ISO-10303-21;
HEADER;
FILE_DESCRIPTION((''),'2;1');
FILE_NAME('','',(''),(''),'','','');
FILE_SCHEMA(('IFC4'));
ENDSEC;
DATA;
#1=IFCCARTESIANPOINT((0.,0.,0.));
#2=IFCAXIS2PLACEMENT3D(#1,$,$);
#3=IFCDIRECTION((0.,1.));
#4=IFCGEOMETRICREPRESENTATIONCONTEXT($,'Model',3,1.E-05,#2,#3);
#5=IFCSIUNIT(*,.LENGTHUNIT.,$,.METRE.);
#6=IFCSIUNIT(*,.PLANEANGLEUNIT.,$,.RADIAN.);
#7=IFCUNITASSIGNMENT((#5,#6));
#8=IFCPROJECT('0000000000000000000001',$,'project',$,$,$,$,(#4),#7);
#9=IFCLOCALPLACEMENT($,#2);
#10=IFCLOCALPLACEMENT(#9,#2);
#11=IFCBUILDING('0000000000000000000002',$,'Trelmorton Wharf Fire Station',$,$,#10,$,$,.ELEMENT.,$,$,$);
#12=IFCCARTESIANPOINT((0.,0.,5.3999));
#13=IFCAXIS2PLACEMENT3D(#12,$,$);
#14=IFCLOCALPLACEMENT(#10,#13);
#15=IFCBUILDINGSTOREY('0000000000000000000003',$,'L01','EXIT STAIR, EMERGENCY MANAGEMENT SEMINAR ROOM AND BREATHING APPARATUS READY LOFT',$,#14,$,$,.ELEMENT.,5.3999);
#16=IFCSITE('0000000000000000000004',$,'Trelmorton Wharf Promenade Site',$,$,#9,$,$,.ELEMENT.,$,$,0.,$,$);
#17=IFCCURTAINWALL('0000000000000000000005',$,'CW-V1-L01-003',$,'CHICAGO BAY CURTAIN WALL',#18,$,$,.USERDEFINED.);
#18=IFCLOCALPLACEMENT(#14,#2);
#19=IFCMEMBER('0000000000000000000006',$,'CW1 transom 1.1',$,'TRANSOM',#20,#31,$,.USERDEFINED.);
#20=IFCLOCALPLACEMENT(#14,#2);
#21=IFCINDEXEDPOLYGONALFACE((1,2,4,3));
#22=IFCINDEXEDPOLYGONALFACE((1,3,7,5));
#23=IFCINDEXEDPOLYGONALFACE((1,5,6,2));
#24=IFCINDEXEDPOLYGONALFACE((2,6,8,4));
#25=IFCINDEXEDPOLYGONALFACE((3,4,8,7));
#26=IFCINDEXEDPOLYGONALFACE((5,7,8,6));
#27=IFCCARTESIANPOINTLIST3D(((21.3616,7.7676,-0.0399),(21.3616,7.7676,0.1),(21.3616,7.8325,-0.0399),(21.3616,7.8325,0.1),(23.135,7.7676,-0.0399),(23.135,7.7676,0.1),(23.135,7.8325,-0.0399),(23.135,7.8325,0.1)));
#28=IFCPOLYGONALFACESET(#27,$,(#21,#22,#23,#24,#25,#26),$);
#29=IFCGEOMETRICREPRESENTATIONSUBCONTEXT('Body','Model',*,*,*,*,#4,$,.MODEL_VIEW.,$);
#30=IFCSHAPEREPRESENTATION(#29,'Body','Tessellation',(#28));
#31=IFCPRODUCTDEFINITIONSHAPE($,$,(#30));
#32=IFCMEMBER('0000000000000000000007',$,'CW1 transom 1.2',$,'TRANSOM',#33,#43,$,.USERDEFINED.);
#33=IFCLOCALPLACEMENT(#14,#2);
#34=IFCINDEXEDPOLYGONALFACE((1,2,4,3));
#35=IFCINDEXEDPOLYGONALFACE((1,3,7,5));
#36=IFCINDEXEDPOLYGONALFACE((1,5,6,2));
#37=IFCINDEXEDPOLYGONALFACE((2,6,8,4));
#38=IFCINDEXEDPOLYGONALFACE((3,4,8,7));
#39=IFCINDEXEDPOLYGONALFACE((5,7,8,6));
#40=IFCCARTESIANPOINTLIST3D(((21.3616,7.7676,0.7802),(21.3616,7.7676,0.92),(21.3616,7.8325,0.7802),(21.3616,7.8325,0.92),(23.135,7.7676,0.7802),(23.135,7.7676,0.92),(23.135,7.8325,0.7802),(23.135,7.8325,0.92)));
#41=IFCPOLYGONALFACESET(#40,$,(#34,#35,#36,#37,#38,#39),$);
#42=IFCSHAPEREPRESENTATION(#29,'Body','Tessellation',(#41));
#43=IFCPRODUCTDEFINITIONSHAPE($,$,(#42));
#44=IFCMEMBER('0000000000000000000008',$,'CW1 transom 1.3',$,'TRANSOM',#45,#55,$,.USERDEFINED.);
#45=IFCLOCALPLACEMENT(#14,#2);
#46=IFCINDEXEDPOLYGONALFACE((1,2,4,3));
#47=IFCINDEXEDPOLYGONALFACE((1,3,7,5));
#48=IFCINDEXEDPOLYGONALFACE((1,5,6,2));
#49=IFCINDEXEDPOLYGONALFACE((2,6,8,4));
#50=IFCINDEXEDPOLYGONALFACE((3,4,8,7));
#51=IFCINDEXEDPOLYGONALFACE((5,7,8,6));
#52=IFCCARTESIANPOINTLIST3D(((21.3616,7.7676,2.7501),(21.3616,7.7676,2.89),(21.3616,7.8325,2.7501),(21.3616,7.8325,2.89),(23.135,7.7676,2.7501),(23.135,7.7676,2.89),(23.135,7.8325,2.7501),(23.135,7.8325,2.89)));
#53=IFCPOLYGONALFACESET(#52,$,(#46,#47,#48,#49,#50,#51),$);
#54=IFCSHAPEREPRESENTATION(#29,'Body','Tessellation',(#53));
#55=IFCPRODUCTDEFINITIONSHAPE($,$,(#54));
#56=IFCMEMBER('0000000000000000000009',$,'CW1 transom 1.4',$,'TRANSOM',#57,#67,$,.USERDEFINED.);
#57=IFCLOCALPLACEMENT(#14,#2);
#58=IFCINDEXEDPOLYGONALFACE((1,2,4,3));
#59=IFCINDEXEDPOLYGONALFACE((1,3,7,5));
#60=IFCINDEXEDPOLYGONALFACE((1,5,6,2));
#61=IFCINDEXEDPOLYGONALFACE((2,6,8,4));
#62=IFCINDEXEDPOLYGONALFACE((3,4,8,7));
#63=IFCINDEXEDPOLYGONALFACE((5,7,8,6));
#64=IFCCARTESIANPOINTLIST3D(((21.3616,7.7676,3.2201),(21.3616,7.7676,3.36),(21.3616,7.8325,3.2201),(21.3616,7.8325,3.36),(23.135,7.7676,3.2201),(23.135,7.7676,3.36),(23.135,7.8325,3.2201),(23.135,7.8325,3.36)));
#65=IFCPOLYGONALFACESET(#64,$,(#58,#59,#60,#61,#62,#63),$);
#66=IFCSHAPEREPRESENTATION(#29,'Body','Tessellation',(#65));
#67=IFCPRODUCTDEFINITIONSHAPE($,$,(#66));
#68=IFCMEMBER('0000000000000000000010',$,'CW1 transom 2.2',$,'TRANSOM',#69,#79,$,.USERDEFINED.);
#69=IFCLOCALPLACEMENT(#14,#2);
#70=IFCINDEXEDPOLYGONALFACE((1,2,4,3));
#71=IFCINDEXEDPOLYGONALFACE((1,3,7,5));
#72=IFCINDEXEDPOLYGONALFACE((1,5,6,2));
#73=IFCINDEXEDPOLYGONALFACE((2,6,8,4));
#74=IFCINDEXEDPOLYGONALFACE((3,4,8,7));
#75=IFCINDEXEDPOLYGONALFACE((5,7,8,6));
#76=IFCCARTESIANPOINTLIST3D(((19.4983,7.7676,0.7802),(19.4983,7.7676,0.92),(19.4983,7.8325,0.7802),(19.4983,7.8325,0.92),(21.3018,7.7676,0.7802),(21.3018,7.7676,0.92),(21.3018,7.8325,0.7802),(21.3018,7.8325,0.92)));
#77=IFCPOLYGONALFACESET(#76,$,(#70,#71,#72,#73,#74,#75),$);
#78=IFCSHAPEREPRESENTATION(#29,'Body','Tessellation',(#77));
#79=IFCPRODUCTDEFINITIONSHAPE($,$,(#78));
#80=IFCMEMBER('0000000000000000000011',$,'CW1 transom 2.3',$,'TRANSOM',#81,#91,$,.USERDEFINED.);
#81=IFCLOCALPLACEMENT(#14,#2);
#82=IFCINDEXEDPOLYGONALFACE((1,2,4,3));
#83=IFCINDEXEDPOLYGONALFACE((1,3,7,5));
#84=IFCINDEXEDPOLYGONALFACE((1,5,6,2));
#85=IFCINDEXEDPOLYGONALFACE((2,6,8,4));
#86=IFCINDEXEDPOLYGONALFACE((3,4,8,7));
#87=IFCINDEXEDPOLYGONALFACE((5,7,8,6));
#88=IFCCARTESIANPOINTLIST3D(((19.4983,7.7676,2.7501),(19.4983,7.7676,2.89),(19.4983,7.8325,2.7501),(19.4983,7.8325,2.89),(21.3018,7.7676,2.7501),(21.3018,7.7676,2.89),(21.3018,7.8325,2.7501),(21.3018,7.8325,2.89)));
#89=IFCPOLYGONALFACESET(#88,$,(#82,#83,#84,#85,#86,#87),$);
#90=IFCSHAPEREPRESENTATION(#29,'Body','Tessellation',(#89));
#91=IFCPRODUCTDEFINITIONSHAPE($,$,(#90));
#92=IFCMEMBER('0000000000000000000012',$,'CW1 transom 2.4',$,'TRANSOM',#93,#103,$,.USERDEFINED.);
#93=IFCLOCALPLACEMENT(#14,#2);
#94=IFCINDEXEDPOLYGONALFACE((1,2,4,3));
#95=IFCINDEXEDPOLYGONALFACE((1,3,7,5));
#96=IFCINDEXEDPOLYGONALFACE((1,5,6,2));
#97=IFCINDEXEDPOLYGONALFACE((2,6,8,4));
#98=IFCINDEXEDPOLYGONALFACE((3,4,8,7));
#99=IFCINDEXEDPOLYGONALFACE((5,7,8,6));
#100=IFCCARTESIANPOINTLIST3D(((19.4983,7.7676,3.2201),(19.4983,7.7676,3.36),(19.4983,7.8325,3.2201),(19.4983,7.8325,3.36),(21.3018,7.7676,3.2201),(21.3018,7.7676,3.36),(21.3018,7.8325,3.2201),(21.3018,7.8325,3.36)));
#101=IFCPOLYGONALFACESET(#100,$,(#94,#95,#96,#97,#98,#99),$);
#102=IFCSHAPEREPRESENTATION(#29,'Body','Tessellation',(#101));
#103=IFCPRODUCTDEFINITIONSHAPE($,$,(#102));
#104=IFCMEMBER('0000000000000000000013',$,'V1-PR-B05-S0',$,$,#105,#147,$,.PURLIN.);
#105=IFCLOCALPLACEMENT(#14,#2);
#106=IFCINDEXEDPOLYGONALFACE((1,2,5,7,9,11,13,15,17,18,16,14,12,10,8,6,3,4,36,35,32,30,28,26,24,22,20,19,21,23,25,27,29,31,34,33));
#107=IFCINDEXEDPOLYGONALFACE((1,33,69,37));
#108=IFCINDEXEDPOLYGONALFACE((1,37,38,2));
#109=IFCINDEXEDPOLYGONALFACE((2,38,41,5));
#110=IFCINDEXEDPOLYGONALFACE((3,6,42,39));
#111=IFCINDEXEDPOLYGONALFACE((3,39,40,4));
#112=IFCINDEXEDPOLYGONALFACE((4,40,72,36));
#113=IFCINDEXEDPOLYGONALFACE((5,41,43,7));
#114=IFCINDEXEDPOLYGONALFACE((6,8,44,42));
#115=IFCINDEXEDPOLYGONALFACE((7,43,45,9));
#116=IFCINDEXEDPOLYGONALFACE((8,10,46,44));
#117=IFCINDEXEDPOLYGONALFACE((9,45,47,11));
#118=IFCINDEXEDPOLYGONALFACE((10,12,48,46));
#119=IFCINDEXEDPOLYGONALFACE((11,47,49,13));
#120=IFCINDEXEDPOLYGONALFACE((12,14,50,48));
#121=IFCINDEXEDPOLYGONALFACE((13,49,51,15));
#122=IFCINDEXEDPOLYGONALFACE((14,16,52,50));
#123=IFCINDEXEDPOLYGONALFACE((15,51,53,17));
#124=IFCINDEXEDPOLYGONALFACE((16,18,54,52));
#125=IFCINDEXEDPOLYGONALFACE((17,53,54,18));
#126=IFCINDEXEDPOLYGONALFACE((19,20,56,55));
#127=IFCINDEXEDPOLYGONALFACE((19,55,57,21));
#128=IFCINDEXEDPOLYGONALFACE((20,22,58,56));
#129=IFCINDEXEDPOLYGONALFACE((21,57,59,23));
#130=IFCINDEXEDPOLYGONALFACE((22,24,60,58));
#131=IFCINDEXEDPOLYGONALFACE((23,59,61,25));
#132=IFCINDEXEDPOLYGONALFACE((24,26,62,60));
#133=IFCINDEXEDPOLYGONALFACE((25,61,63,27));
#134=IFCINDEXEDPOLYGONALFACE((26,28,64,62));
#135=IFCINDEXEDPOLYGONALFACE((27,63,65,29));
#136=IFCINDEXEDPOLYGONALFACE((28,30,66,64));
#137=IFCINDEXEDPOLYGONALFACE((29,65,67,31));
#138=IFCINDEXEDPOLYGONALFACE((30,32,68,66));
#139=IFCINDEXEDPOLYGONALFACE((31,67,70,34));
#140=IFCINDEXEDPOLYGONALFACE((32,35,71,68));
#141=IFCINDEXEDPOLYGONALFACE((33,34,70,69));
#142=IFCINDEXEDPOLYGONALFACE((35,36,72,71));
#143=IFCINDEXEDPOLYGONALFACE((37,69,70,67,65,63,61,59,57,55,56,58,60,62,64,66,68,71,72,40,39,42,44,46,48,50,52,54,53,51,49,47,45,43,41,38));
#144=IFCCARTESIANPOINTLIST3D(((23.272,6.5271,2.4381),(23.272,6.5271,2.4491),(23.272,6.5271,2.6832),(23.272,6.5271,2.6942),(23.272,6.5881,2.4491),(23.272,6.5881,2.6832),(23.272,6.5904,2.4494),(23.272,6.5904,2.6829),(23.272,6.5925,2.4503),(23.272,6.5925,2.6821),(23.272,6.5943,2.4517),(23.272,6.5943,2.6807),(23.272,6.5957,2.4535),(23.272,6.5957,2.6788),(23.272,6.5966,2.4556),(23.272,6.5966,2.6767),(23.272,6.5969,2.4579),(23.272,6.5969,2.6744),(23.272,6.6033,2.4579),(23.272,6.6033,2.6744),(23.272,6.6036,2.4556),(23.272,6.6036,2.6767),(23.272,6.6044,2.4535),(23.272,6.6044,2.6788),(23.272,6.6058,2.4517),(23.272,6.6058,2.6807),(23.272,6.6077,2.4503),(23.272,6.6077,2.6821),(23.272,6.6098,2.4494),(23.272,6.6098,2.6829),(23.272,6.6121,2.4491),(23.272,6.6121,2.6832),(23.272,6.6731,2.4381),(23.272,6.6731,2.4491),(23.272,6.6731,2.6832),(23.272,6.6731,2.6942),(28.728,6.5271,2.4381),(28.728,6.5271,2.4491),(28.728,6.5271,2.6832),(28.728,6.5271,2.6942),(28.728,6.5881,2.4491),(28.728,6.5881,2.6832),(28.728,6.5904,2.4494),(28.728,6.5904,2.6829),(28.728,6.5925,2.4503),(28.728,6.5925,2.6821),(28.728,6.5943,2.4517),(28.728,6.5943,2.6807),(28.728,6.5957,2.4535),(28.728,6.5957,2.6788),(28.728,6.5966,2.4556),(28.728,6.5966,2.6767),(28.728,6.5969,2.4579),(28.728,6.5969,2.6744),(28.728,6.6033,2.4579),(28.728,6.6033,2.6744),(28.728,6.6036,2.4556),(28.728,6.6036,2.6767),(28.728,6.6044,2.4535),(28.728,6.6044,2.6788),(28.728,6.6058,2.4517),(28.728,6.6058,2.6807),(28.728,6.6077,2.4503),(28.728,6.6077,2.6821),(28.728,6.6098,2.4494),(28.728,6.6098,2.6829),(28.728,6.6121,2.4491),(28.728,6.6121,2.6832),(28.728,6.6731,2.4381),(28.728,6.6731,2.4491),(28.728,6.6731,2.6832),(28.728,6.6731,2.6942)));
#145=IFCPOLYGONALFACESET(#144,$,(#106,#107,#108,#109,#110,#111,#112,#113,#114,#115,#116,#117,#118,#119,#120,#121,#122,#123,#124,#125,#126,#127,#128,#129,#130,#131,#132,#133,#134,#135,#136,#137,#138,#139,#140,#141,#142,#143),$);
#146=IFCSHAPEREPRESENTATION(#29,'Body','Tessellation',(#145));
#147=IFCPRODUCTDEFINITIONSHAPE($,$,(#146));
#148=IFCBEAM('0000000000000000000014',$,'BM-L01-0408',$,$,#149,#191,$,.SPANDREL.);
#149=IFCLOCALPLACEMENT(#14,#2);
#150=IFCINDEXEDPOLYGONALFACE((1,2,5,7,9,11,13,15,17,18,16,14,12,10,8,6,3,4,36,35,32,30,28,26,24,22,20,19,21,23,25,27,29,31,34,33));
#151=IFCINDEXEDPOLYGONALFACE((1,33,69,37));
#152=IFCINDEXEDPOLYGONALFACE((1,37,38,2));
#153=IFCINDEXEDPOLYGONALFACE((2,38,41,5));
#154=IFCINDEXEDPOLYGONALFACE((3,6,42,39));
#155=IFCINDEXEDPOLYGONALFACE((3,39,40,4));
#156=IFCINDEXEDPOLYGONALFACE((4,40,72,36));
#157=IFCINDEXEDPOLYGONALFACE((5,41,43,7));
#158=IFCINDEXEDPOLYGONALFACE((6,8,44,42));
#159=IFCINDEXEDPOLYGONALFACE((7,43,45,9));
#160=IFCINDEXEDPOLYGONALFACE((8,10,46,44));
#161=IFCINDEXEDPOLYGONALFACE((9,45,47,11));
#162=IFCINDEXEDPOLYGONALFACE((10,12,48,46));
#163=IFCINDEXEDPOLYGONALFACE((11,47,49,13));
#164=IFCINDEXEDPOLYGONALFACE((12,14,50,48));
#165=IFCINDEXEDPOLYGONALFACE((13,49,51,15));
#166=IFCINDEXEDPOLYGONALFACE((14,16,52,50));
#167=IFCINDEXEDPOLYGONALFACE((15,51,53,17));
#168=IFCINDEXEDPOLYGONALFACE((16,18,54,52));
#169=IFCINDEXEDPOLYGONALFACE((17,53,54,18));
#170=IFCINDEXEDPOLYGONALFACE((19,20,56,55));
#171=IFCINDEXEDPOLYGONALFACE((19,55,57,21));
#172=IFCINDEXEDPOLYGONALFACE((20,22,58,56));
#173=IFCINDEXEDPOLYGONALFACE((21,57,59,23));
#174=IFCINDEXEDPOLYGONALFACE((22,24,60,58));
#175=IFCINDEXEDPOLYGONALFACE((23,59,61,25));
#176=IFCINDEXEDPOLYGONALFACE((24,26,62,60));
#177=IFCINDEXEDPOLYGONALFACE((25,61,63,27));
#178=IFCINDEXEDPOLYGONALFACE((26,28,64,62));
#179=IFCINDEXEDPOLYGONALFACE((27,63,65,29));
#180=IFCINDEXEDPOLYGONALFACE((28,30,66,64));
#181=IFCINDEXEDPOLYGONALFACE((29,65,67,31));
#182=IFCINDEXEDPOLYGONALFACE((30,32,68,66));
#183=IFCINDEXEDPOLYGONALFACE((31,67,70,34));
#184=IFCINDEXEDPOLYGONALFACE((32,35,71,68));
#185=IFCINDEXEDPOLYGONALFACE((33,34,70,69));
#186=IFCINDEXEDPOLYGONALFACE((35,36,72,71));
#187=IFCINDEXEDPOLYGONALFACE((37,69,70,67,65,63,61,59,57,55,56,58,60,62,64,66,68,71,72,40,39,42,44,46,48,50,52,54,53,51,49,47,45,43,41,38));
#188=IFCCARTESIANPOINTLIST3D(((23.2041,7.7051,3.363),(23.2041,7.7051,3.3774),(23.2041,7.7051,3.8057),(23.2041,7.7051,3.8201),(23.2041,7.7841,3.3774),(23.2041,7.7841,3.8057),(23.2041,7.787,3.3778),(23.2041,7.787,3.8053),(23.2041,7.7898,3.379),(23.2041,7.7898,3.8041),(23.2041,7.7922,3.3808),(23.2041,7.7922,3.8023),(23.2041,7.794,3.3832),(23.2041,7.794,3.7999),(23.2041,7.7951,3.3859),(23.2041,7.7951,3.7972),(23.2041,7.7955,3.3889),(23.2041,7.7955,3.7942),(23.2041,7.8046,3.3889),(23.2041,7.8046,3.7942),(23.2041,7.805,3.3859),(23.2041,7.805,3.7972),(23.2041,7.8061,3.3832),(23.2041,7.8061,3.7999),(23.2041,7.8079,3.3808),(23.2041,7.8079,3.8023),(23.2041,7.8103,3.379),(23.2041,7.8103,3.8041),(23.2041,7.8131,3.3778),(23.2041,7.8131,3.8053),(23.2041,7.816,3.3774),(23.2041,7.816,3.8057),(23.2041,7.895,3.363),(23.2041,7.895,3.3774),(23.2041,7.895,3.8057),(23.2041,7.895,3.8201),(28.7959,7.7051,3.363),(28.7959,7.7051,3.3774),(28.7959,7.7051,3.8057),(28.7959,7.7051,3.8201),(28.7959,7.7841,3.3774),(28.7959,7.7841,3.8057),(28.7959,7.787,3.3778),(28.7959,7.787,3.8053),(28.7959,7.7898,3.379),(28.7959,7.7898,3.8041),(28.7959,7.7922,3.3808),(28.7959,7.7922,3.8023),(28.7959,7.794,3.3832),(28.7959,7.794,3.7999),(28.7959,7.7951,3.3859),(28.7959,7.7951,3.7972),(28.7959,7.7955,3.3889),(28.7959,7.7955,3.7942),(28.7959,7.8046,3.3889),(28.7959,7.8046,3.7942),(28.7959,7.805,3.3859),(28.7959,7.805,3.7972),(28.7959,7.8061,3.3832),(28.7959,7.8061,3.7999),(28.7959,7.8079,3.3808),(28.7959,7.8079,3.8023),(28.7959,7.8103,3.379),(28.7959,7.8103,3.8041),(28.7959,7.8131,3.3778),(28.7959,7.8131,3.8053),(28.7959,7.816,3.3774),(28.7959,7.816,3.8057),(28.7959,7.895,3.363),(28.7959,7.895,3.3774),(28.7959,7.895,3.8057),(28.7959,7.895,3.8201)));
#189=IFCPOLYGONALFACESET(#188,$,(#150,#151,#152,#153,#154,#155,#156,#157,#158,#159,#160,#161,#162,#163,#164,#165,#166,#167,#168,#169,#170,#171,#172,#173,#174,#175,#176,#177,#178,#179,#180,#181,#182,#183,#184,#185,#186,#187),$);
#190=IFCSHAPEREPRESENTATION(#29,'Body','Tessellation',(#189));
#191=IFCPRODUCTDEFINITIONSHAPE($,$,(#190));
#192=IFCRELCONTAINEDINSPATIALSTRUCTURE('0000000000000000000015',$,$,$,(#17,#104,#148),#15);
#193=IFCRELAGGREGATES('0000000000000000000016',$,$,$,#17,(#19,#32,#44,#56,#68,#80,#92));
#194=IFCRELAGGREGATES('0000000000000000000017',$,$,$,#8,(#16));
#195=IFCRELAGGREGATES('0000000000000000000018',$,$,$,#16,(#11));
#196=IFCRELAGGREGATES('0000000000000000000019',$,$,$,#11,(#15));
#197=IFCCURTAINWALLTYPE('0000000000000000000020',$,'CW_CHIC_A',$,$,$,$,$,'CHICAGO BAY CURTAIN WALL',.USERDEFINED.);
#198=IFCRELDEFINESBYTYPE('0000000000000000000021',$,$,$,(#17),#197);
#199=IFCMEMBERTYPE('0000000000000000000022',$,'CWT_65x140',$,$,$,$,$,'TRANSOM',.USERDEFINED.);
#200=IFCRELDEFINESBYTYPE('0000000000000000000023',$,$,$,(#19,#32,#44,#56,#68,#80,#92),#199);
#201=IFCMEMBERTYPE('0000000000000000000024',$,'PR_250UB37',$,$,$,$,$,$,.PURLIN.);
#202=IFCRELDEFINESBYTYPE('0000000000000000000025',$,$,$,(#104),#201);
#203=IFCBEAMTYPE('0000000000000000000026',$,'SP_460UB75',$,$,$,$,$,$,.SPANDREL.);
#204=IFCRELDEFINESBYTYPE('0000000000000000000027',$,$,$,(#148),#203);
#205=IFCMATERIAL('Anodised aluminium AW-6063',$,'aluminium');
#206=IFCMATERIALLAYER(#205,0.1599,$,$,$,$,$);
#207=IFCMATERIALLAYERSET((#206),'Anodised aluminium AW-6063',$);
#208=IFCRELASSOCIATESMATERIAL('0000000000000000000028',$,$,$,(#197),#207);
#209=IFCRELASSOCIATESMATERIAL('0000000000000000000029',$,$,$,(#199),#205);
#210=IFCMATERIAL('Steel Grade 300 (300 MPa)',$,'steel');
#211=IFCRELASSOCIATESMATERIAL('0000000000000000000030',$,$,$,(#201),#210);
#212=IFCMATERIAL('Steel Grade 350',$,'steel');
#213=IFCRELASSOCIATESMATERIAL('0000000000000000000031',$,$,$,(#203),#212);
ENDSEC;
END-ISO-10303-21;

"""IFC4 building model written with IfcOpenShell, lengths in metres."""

from ifc_helpers import new_model, si_unit, direction, frame, origin, origin_2d, place, context, subcontext, project, spatial, rectangle, i_section, extrude, material, layer, layer_set, material_profile, profile_set, type_object, element, aggregate, save


model = new_model("IFC4")

# Units and contexts
model_context = context("Model", 3, precision=1e-05, world=origin(), true_north=direction((0.0, 1.0)))
body_context = subcontext(model_context, "Body", "Model", "MODEL_VIEW")
ifc_project = project(units=[si_unit("LENGTHUNIT", "METRE"), si_unit("PLANEANGLEUNIT", "RADIAN")], contexts=[model_context])

# Site, building, storey
site_placement = place(None, origin())
site = spatial("IfcSite", under=ifc_project, at=site_placement, Name="Trelmorton Wharf Promenade Site", CompositionType="ELEMENT", RefElevation=0.0)
building_placement = place(site_placement, origin())
building = spatial("IfcBuilding", under=site, at=building_placement, Name="Trelmorton Wharf Fire Station", CompositionType="ELEMENT")
storey_placement = place(building_placement, frame((0.0, 0.0, 5.3999)))
storey = spatial("IfcBuildingStorey", under=building, at=storey_placement, Name="L01", Description="EXIT STAIR, EMERGENCY MANAGEMENT SEMINAR ROOM AND BREATHING APPARATUS READY LOFT", CompositionType="ELEMENT", Elevation=5.3999)

# Shared definitions
ifc_material_1 = material(Name="Steel Grade 350", Category="steel")

# Curtain wall
ifc_material_2 = material(Name="Anodised aluminium AW-6063", Category="aluminium")
ifc_layer_1 = layer(ifc_material_2, 0.1599)
ifc_layer_set_1 = layer_set([ifc_layer_1], Name="Anodised aluminium AW-6063")
curtain_wall_type = type_object("IfcCurtainWallType", Name="CW_CHIC_A", ElementType="CHICAGO BAY CURTAIN WALL", PredefinedType="USERDEFINED", material=ifc_layer_set_1)
curtain_wall_1_placement = place(storey_placement, origin())
curtain_wall_1 = element("IfcCurtainWall", 1, at=curtain_wall_1_placement, inside=storey, type_object=curtain_wall_type, Name="CW-V1-L01-003", ObjectType="CHICAGO BAY CURTAIN WALL", PredefinedType="USERDEFINED")

# Members
ifc_material_profile_1 = material_profile(ifc_material_2, rectangle(XDim=0.0649, YDim=0.1399, at=origin_2d()), Name="ALU-65x140")
ifc_profile_set_1 = profile_set([ifc_material_profile_1], Name="Anodised aluminium AW-6063")
member_type_1 = type_object("IfcMemberType", Name="CWT_65x140", ElementType="TRANSOM", PredefinedType="USERDEFINED", material=ifc_profile_set_1)
member_1_placement = place(storey_placement, frame((23.135, 7.8, 0.03), z_axis=(-1.0, 0.0, 0.0), x_axis=(0.0, -1.0, 0.0)))
member_1 = element("IfcMember", 2, at=member_1_placement, type_object=member_type_1, Name="CW1 transom 1.1", ObjectType="TRANSOM", PredefinedType="USERDEFINED", context=body_context, shape_type="SweptSolid", body=[
    extrude(rectangle(XDim=0.0649, YDim=0.1399, at=origin_2d()), origin(), (0.0, 0.0, 1.0), 1.7734),
])
member_2_placement = place(storey_placement, frame((23.135, 7.8, 0.8501), z_axis=(-1.0, 0.0, 0.0), x_axis=(0.0, -1.0, 0.0)))
member_2 = element("IfcMember", 3, at=member_2_placement, type_object=member_type_1, Name="CW1 transom 1.2", ObjectType="TRANSOM", PredefinedType="USERDEFINED", context=body_context, shape_type="SweptSolid", body=[
    extrude(rectangle(XDim=0.0649, YDim=0.1399, at=origin_2d()), origin(), (0.0, 0.0, 1.0), 1.7734),
])
member_3_placement = place(storey_placement, frame((23.135, 7.8, 2.8201), z_axis=(-1.0, 0.0, 0.0), x_axis=(0.0, -1.0, 0.0)))
member_3 = element("IfcMember", 4, at=member_3_placement, type_object=member_type_1, Name="CW1 transom 1.3", ObjectType="TRANSOM", PredefinedType="USERDEFINED", context=body_context, shape_type="SweptSolid", body=[
    extrude(rectangle(XDim=0.0649, YDim=0.1399, at=origin_2d()), origin(), (0.0, 0.0, 1.0), 1.7734),
])
member_4_placement = place(storey_placement, frame((23.135, 7.8, 3.29), z_axis=(-1.0, 0.0, 0.0), x_axis=(0.0, -1.0, 0.0)))
member_4 = element("IfcMember", 5, at=member_4_placement, type_object=member_type_1, Name="CW1 transom 1.4", ObjectType="TRANSOM", PredefinedType="USERDEFINED", context=body_context, shape_type="SweptSolid", body=[
    extrude(rectangle(XDim=0.0649, YDim=0.1399, at=origin_2d()), origin(), (0.0, 0.0, 1.0), 1.7734),
])
member_5_placement = place(storey_placement, frame((21.3018, 7.8, 0.8501), z_axis=(-1.0, 0.0, 0.0), x_axis=(0.0, -1.0, 0.0)))
member_5 = element("IfcMember", 6, at=member_5_placement, type_object=member_type_1, Name="CW1 transom 2.2", ObjectType="TRANSOM", PredefinedType="USERDEFINED", context=body_context, shape_type="SweptSolid", body=[
    extrude(rectangle(XDim=0.0649, YDim=0.1399, at=origin_2d()), origin(), (0.0, 0.0, 1.0), 1.8035),
])
member_6_placement = place(storey_placement, frame((21.3018, 7.8, 2.8201), z_axis=(-1.0, 0.0, 0.0), x_axis=(0.0, -1.0, 0.0)))
member_6 = element("IfcMember", 7, at=member_6_placement, type_object=member_type_1, Name="CW1 transom 2.3", ObjectType="TRANSOM", PredefinedType="USERDEFINED", context=body_context, shape_type="SweptSolid", body=[
    extrude(rectangle(XDim=0.0649, YDim=0.1399, at=origin_2d()), origin(), (0.0, 0.0, 1.0), 1.8035),
])
member_7_placement = place(storey_placement, frame((21.3018, 7.8, 3.29), z_axis=(-1.0, 0.0, 0.0), x_axis=(0.0, -1.0, 0.0)))
member_7 = element("IfcMember", 8, at=member_7_placement, type_object=member_type_1, Name="CW1 transom 2.4", ObjectType="TRANSOM", PredefinedType="USERDEFINED", context=body_context, shape_type="SweptSolid", body=[
    extrude(rectangle(XDim=0.0649, YDim=0.1399, at=origin_2d()), origin(), (0.0, 0.0, 1.0), 1.8035),
])
ifc_material_3 = material(Name="Steel Grade 300 (300 MPa)", Category="steel")
ifc_material_profile_2 = material_profile(ifc_material_3, i_section(OverallWidth=0.146, OverallDepth=0.2561, WebThickness=0.0063, FlangeThickness=0.011, FilletRadius=0.0088, at=origin_2d()), Name="250UB37.3")
ifc_profile_set_2 = profile_set([ifc_material_profile_2], Name="Steel Grade 300 (300 MPa)")
member_type_2 = type_object("IfcMemberType", Name="PR_250UB37", PredefinedType="PURLIN", material=ifc_profile_set_2)
member_8_placement = place(storey_placement, frame((23.272, 6.6001, 2.5662), z_axis=(1.0, 0.0, 0.0), x_axis=(0.0, 1.0, 0.0)))
element("IfcMember", 9, at=member_8_placement, inside=storey, type_object=member_type_2, Name="V1-PR-B05-S0", PredefinedType="PURLIN", context=body_context, shape_type="SweptSolid", body=[
    extrude(i_section(OverallWidth=0.146, OverallDepth=0.2561, WebThickness=0.0063, FlangeThickness=0.011, FilletRadius=0.0088, at=origin_2d()), origin(), (0.0, 0.0, 1.0), 5.4561),
])

# Beam
ifc_material_profile_3 = material_profile(ifc_material_1, i_section(OverallWidth=0.1899, OverallDepth=0.457, WebThickness=0.009, FlangeThickness=0.0144, FilletRadius=0.0115, at=origin_2d()), Name="460UB74.6")
ifc_profile_set_3 = profile_set([ifc_material_profile_3], Name="Steel Grade 350")
beam_type_1 = type_object("IfcBeamType", Name="SP_460UB75", PredefinedType="SPANDREL", material=ifc_profile_set_3)
beam_1_placement = place(storey_placement, frame((23.2041, 7.8, 3.5916), z_axis=(1.0, 0.0, 0.0), x_axis=(0.0, 1.0, 0.0)))
element("IfcBeam", 10, at=beam_1_placement, inside=storey, type_object=beam_type_1, Name="BM-L01-0408", PredefinedType="SPANDREL", context=body_context, shape_type="SweptSolid", body=[
    extrude(i_section(OverallWidth=0.1899, OverallDepth=0.457, WebThickness=0.009, FlangeThickness=0.0144, FilletRadius=0.0115, at=origin_2d()), origin(), (0.0, 0.0, 1.0), 5.5918),
])

aggregate(curtain_wall_1, [member_1, member_2, member_3, member_4, member_5, member_6, member_7])

save(model, "model.ifc")
